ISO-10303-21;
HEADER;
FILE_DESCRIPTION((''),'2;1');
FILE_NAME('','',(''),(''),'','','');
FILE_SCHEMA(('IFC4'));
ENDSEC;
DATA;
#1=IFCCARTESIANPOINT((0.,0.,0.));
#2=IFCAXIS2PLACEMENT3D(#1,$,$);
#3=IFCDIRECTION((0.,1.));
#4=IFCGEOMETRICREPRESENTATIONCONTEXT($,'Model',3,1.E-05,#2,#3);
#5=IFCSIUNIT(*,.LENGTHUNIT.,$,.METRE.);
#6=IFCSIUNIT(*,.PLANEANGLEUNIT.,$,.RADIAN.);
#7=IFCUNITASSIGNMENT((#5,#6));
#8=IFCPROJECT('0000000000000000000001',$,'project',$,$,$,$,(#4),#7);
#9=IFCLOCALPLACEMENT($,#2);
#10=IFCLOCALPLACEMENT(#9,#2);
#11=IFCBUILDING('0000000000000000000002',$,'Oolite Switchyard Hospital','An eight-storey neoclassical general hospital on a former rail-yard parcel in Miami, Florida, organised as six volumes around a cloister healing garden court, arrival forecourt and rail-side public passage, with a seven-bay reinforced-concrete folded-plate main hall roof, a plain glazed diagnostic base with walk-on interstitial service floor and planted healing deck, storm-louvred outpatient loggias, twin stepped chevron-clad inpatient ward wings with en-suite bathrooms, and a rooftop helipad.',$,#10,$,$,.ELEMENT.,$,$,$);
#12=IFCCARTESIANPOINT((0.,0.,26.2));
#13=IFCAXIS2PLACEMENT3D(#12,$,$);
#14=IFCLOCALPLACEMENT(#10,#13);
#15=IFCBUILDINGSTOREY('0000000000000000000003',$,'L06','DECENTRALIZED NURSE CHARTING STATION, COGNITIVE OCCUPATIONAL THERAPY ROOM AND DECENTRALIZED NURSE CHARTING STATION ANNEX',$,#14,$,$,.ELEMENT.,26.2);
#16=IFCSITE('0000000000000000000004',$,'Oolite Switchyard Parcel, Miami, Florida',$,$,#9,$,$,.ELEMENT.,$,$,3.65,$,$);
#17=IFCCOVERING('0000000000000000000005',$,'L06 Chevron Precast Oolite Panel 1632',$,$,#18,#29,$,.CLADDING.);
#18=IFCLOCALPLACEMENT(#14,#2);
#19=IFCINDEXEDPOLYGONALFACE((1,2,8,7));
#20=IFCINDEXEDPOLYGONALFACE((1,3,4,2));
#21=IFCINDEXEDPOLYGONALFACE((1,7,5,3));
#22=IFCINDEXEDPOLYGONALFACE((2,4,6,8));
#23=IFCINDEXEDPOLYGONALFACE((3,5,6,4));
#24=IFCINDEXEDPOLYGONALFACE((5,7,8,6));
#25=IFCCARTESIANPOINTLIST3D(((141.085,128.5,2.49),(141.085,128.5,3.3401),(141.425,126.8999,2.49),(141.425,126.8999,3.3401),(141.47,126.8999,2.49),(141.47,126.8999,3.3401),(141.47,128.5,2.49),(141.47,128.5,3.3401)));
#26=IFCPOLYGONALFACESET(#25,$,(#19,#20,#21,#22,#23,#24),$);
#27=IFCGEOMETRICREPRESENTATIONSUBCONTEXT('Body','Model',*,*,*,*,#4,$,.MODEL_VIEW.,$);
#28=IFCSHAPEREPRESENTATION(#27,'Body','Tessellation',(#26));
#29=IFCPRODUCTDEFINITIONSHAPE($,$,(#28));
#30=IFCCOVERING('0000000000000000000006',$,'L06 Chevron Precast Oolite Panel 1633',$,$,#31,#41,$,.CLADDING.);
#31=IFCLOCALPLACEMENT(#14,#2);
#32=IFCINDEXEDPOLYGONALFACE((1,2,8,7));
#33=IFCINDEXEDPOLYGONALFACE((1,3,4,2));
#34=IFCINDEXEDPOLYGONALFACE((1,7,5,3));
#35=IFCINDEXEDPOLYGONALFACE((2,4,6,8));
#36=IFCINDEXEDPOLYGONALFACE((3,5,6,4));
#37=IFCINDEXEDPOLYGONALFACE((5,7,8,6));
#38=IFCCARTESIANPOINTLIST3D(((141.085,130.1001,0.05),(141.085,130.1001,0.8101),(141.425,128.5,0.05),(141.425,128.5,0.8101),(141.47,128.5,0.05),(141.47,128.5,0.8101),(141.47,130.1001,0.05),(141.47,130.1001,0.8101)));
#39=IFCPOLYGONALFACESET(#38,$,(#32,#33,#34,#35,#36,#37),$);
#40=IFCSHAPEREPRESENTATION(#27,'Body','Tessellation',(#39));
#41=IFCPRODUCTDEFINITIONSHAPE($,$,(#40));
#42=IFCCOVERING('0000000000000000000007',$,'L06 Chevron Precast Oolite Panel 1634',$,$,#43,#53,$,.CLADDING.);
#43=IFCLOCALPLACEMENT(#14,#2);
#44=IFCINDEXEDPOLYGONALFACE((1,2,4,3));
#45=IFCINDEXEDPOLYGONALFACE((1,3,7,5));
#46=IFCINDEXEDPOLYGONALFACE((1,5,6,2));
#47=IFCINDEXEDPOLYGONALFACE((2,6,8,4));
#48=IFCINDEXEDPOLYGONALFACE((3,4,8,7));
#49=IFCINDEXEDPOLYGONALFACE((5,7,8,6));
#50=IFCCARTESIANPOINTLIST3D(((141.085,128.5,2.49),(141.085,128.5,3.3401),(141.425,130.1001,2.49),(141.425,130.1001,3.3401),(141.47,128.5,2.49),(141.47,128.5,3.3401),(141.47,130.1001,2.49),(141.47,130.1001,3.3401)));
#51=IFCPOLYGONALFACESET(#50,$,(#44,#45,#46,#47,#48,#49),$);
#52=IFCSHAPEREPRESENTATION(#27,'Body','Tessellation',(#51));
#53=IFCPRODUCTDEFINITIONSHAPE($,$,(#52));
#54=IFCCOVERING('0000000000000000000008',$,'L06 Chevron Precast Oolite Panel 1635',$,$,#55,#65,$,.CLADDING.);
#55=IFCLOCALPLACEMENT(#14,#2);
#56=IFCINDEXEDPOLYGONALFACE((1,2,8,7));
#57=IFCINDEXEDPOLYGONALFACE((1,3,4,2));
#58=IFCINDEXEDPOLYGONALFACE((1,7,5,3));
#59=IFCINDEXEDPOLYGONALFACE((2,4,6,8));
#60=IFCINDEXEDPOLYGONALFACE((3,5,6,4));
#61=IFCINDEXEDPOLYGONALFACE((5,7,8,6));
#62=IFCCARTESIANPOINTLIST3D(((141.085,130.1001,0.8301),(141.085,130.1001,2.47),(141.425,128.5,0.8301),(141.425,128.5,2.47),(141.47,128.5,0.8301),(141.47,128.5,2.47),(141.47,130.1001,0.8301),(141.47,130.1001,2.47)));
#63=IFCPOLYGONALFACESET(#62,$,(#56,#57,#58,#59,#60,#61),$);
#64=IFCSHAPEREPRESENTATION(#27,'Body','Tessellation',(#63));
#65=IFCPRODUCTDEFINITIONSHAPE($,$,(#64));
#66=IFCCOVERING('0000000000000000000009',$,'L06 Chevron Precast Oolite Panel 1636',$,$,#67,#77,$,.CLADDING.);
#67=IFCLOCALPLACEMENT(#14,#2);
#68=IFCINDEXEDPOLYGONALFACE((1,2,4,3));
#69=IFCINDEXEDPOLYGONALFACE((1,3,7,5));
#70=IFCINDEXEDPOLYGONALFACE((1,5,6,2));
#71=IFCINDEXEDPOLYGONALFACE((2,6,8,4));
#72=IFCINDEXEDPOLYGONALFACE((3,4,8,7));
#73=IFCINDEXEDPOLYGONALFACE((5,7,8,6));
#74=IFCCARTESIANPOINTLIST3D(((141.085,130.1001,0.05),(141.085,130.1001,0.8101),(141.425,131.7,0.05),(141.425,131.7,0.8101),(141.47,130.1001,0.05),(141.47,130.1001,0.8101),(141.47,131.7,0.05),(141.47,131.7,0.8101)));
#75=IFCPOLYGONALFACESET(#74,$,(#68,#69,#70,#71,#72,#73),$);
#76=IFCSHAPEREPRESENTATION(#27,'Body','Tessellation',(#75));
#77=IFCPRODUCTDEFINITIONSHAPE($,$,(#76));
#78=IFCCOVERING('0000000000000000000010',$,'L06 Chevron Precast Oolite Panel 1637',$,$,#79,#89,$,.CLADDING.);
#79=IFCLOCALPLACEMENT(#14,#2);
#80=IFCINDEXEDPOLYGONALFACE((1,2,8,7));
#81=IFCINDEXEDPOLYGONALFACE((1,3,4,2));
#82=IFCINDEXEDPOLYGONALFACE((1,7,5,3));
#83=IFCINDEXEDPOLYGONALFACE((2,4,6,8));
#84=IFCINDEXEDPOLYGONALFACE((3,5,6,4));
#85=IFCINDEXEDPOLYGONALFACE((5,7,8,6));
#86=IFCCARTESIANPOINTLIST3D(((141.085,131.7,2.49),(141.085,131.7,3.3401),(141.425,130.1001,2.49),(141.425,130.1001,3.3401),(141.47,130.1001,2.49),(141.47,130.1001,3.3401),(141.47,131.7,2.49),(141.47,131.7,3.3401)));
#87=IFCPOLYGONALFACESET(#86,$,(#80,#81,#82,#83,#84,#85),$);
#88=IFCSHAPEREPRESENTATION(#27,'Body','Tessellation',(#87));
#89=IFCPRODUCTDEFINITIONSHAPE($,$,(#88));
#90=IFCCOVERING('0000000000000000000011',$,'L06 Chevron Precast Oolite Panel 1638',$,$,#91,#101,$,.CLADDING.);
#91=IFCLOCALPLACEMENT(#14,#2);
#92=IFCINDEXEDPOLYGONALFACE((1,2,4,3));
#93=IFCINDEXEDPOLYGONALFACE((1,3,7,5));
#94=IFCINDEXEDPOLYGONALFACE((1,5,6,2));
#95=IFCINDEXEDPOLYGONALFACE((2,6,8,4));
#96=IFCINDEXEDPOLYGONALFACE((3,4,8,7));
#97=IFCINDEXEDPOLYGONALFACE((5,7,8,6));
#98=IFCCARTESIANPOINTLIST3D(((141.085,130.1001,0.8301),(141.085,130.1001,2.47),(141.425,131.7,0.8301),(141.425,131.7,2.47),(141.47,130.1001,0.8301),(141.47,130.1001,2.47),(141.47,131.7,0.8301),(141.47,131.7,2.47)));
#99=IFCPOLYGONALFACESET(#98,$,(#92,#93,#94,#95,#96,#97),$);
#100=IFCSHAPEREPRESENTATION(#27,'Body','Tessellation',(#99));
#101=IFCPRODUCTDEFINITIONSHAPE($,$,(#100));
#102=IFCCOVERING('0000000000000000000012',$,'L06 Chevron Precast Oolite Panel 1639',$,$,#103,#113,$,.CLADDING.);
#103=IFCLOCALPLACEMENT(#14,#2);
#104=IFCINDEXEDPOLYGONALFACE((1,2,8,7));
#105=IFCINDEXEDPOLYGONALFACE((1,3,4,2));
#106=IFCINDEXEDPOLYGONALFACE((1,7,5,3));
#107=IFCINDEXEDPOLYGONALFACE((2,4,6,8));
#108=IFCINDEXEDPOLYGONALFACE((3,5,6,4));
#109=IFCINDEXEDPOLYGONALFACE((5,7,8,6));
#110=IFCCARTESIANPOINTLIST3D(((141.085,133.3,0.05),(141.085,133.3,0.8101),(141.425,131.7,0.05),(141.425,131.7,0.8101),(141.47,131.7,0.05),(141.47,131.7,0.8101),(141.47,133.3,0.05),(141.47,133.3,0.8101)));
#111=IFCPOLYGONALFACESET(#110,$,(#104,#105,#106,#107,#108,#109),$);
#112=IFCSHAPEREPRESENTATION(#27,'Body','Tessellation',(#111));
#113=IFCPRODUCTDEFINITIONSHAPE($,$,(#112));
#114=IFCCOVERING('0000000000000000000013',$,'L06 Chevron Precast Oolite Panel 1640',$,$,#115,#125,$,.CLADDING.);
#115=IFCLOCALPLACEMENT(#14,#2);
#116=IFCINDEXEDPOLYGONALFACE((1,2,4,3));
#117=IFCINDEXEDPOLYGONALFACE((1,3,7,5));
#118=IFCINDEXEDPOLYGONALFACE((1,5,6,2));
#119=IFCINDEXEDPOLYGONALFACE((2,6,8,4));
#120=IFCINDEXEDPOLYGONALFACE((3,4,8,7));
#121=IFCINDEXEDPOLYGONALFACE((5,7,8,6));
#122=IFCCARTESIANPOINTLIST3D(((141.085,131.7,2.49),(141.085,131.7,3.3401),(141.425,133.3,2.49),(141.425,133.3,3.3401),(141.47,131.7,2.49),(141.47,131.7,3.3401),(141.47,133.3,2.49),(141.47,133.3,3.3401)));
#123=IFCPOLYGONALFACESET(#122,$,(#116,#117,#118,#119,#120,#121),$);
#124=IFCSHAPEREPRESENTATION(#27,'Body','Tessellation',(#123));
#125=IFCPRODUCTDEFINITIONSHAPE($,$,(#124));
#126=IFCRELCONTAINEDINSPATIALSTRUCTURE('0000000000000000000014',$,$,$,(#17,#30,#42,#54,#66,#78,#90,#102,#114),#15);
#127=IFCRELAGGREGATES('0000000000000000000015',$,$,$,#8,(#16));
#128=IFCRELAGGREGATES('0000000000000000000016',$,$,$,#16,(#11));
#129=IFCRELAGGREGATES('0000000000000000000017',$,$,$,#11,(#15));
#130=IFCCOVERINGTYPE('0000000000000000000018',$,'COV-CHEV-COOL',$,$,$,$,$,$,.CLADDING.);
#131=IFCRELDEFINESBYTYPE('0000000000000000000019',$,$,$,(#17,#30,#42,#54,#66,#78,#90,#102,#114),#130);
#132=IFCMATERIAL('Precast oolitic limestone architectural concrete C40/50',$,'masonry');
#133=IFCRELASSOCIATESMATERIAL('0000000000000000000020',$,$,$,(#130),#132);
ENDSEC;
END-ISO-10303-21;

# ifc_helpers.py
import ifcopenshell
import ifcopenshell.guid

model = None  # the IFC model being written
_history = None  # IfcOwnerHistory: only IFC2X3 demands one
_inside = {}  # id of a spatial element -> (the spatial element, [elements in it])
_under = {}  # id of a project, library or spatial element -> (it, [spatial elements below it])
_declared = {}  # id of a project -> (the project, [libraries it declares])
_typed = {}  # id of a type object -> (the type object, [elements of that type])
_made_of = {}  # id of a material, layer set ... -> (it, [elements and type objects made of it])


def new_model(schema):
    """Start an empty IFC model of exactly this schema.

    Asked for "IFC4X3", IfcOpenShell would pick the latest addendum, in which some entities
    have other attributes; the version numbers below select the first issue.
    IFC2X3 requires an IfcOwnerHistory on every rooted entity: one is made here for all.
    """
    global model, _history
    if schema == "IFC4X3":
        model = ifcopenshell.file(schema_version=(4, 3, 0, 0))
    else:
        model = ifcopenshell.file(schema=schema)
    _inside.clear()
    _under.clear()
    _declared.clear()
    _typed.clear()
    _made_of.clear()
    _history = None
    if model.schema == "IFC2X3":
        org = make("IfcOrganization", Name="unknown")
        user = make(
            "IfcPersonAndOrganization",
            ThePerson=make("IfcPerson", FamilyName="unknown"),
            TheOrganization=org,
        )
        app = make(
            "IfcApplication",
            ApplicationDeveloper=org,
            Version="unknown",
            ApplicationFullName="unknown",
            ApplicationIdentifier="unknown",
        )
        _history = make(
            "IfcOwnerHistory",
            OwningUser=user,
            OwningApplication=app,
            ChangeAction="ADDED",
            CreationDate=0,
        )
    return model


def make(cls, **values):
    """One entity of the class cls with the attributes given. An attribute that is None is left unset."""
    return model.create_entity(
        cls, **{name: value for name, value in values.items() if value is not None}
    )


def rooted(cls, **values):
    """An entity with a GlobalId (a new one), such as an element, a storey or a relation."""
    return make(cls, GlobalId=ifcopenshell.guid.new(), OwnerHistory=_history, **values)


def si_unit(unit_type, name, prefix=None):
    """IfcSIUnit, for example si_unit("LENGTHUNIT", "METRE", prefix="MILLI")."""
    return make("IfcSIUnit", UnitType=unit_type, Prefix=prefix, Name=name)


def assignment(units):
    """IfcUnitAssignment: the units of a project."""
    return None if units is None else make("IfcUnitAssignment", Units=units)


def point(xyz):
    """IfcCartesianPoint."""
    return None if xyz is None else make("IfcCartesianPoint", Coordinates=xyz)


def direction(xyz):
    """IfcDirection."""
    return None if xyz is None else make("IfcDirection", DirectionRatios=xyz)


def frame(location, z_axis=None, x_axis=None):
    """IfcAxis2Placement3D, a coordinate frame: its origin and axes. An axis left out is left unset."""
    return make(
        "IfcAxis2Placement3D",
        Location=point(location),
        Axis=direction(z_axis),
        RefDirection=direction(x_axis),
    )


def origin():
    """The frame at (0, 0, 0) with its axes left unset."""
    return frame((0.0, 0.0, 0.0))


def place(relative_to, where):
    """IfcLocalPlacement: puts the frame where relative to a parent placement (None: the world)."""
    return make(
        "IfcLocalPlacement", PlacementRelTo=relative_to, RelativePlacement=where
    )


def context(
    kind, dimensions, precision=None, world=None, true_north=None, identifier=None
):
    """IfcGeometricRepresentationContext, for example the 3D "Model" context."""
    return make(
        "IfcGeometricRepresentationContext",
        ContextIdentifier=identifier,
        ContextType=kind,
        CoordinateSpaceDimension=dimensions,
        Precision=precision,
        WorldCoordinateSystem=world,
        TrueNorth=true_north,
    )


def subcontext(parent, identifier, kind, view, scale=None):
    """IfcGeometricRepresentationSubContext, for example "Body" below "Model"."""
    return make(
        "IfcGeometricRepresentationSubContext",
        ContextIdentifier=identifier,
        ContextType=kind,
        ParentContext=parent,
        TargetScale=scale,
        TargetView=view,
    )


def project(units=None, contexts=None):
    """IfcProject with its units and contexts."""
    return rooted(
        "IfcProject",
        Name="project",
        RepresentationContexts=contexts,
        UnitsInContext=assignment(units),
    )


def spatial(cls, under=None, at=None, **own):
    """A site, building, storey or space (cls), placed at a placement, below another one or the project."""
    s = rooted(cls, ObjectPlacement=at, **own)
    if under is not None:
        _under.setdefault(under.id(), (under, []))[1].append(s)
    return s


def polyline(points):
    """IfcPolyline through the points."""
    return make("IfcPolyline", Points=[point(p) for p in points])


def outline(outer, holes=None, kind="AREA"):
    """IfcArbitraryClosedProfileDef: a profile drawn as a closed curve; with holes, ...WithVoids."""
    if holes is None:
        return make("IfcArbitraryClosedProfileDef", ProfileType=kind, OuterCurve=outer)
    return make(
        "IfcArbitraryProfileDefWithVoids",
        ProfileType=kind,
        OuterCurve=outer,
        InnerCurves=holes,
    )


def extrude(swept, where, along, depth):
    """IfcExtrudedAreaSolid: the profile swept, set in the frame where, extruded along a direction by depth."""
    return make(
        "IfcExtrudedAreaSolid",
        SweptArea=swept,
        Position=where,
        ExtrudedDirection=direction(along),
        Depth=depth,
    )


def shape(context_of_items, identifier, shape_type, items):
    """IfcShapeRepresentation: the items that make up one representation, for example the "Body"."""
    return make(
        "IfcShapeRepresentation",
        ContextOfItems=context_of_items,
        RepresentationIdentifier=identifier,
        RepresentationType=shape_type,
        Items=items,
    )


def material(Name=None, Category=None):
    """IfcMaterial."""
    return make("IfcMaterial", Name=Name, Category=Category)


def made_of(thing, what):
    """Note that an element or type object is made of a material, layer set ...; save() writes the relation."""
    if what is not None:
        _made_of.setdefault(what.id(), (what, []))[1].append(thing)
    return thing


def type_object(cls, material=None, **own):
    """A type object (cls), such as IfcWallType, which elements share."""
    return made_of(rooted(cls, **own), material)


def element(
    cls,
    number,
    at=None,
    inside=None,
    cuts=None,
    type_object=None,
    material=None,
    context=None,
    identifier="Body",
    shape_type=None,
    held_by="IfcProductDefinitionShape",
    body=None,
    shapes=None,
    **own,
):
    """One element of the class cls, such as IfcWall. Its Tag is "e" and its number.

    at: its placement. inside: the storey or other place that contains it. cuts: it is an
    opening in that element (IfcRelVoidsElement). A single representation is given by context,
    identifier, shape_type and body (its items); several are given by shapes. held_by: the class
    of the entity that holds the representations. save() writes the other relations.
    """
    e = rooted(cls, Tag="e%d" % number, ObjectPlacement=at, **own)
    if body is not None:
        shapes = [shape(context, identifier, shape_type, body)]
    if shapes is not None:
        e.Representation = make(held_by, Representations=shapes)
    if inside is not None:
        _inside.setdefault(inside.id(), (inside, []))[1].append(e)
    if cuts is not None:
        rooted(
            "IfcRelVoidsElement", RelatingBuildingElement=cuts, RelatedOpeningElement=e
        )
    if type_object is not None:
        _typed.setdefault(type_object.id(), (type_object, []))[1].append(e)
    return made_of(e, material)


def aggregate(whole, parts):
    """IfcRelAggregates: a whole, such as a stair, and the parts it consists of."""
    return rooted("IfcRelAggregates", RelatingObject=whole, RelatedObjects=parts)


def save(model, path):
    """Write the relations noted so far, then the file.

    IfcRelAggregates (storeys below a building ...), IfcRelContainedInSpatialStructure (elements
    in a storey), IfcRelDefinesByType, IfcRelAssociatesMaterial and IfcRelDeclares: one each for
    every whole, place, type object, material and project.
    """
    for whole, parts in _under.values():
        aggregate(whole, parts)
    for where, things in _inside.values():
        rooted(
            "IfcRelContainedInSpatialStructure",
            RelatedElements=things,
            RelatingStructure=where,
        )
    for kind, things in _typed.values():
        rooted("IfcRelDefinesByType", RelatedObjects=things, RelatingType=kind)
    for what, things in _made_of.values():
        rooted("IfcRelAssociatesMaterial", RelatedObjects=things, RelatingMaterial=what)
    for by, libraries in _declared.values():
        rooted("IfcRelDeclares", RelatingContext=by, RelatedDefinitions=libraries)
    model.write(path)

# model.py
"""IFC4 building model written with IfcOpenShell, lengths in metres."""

from ifc_helpers import new_model, si_unit, direction, frame, origin, place, context, subcontext, project, spatial, polyline, outline, extrude, material, type_object, element, save


model = new_model("IFC4")

# Units and contexts
model_context = context("Model", 3, precision=1e-05, world=origin(), true_north=direction((0.0, 1.0)))
body_context = subcontext(model_context, "Body", "Model", "MODEL_VIEW")
ifc_project = project(units=[si_unit("LENGTHUNIT", "METRE"), si_unit("PLANEANGLEUNIT", "RADIAN")], contexts=[model_context])

# Site, building, storey
site_placement = place(None, origin())
site = spatial("IfcSite", under=ifc_project, at=site_placement, Name="Oolite Switchyard Parcel, Miami, Florida", CompositionType="ELEMENT", RefElevation=3.65)
building_placement = place(site_placement, origin())
building = spatial("IfcBuilding", under=site, at=building_placement, Name="Oolite Switchyard Hospital", Description="An eight-storey neoclassical general hospital on a former rail-yard parcel in Miami, Florida, organised as six volumes around a cloister healing garden court, arrival forecourt and rail-side public passage, with a seven-bay reinforced-concrete folded-plate main hall roof, a plain glazed diagnostic base with walk-on interstitial service floor and planted healing deck, storm-louvred outpatient loggias, twin stepped chevron-clad inpatient ward wings with en-suite bathrooms, and a rooftop helipad.", CompositionType="ELEMENT")
storey_placement = place(building_placement, frame((0.0, 0.0, 26.2)))
storey = spatial("IfcBuildingStorey", under=building, at=storey_placement, Name="L06", Description="DECENTRALIZED NURSE CHARTING STATION, COGNITIVE OCCUPATIONAL THERAPY ROOM AND DECENTRALIZED NURSE CHARTING STATION ANNEX", CompositionType="ELEMENT", Elevation=26.2)

# Coverings
ifc_material_1 = material(Name="Precast oolitic limestone architectural concrete C40/50", Category="masonry")
covering_type = type_object("IfcCoveringType", Name="COV-CHEV-COOL", PredefinedType="CLADDING", material=ifc_material_1)
covering_1_placement = place(storey_placement, frame((141.47, 126.8999, 2.49), z_axis=(0.0, 0.0, 1.0), x_axis=(0.0, 1.0, 0.0)))
element("IfcCovering", 1, at=covering_1_placement, inside=storey, type_object=covering_type, Name="L06 Chevron Precast Oolite Panel 1632", PredefinedType="CLADDING", context=body_context, shape_type="SweptSolid", body=[
    extrude(outline(polyline([(0.0, 0.0), (1.6001, 0.0), (1.6001, 0.385), (0.0, 0.0449), (0.0, 0.0)])), origin(), (0.0, 0.0, 1.0), 0.8501),
])
covering_2_placement = place(storey_placement, frame((141.47, 128.5, 0.05), z_axis=(0.0, 0.0, 1.0), x_axis=(0.0, 1.0, 0.0)))
element("IfcCovering", 2, at=covering_2_placement, inside=storey, type_object=covering_type, Name="L06 Chevron Precast Oolite Panel 1633", PredefinedType="CLADDING", context=body_context, shape_type="SweptSolid", body=[
    extrude(outline(polyline([(0.0, 0.0), (1.6001, 0.0), (1.6001, 0.385), (0.0, 0.0449), (0.0, 0.0)])), origin(), (0.0, 0.0, 1.0), 0.76),
])
covering_3_placement = place(storey_placement, frame((141.47, 128.5, 2.49), z_axis=(0.0, 0.0, 1.0), x_axis=(0.0, 1.0, 0.0)))
element("IfcCovering", 3, at=covering_3_placement, inside=storey, type_object=covering_type, Name="L06 Chevron Precast Oolite Panel 1634", PredefinedType="CLADDING", context=body_context, shape_type="SweptSolid", body=[
    extrude(outline(polyline([(0.0, 0.0), (1.6001, 0.0), (1.6001, 0.0449), (0.0, 0.385), (0.0, 0.0)])), origin(), (0.0, 0.0, 1.0), 0.8501),
])
covering_4_placement = place(storey_placement, frame((141.47, 128.5, 0.8301), z_axis=(0.0, 0.0, 1.0), x_axis=(0.0, 1.0, 0.0)))
element("IfcCovering", 4, at=covering_4_placement, inside=storey, type_object=covering_type, Name="L06 Chevron Precast Oolite Panel 1635", PredefinedType="CLADDING", context=body_context, shape_type="SweptSolid", body=[
    extrude(outline(polyline([(0.0, 0.0), (1.6001, 0.0), (1.6001, 0.385), (0.0, 0.0449), (0.0, 0.0)])), origin(), (0.0, 0.0, 1.0), 1.6399),
])
covering_5_placement = place(storey_placement, frame((141.47, 130.1001, 0.05), z_axis=(0.0, 0.0, 1.0), x_axis=(0.0, 1.0, 0.0)))
element("IfcCovering", 5, at=covering_5_placement, inside=storey, type_object=covering_type, Name="L06 Chevron Precast Oolite Panel 1636", PredefinedType="CLADDING", context=body_context, shape_type="SweptSolid", body=[
    extrude(outline(polyline([(0.0, 0.0), (1.5999, 0.0), (1.5999, 0.0449), (0.0, 0.385), (0.0, 0.0)])), origin(), (0.0, 0.0, 1.0), 0.76),
])
covering_6_placement = place(storey_placement, frame((141.47, 130.1001, 2.49), z_axis=(0.0, 0.0, 1.0), x_axis=(0.0, 1.0, 0.0)))
element("IfcCovering", 6, at=covering_6_placement, inside=storey, type_object=covering_type, Name="L06 Chevron Precast Oolite Panel 1637", PredefinedType="CLADDING", context=body_context, shape_type="SweptSolid", body=[
    extrude(outline(polyline([(0.0, 0.0), (1.5999, 0.0), (1.5999, 0.385), (0.0, 0.0449), (0.0, 0.0)])), origin(), (0.0, 0.0, 1.0), 0.8501),
])
covering_7_placement = place(storey_placement, frame((141.47, 130.1001, 0.8301), z_axis=(0.0, 0.0, 1.0), x_axis=(0.0, 1.0, 0.0)))
element("IfcCovering", 7, at=covering_7_placement, inside=storey, type_object=covering_type, Name="L06 Chevron Precast Oolite Panel 1638", PredefinedType="CLADDING", context=body_context, shape_type="SweptSolid", body=[
    extrude(outline(polyline([(0.0, 0.0), (1.5999, 0.0), (1.5999, 0.0449), (0.0, 0.385), (0.0, 0.0)])), origin(), (0.0, 0.0, 1.0), 1.6399),
])
covering_8_placement = place(storey_placement, frame((141.47, 131.7, 0.05), z_axis=(0.0, 0.0, 1.0), x_axis=(0.0, 1.0, 0.0)))
element("IfcCovering", 8, at=covering_8_placement, inside=storey, type_object=covering_type, Name="L06 Chevron Precast Oolite Panel 1639", PredefinedType="CLADDING", context=body_context, shape_type="SweptSolid", body=[
    extrude(outline(polyline([(0.0, 0.0), (1.6001, 0.0), (1.6001, 0.385), (0.0, 0.0449), (0.0, 0.0)])), origin(), (0.0, 0.0, 1.0), 0.76),
])
covering_9_placement = place(storey_placement, frame((141.47, 131.7, 2.49), z_axis=(0.0, 0.0, 1.0), x_axis=(0.0, 1.0, 0.0)))
element("IfcCovering", 9, at=covering_9_placement, inside=storey, type_object=covering_type, Name="L06 Chevron Precast Oolite Panel 1640", PredefinedType="CLADDING", context=body_context, shape_type="SweptSolid", body=[
    extrude(outline(polyline([(0.0, 0.0), (1.6001, 0.0), (1.6001, 0.0449), (0.0, 0.385), (0.0, 0.0)])), origin(), (0.0, 0.0, 1.0), 0.8501),
])

save(model, "model.ifc")
